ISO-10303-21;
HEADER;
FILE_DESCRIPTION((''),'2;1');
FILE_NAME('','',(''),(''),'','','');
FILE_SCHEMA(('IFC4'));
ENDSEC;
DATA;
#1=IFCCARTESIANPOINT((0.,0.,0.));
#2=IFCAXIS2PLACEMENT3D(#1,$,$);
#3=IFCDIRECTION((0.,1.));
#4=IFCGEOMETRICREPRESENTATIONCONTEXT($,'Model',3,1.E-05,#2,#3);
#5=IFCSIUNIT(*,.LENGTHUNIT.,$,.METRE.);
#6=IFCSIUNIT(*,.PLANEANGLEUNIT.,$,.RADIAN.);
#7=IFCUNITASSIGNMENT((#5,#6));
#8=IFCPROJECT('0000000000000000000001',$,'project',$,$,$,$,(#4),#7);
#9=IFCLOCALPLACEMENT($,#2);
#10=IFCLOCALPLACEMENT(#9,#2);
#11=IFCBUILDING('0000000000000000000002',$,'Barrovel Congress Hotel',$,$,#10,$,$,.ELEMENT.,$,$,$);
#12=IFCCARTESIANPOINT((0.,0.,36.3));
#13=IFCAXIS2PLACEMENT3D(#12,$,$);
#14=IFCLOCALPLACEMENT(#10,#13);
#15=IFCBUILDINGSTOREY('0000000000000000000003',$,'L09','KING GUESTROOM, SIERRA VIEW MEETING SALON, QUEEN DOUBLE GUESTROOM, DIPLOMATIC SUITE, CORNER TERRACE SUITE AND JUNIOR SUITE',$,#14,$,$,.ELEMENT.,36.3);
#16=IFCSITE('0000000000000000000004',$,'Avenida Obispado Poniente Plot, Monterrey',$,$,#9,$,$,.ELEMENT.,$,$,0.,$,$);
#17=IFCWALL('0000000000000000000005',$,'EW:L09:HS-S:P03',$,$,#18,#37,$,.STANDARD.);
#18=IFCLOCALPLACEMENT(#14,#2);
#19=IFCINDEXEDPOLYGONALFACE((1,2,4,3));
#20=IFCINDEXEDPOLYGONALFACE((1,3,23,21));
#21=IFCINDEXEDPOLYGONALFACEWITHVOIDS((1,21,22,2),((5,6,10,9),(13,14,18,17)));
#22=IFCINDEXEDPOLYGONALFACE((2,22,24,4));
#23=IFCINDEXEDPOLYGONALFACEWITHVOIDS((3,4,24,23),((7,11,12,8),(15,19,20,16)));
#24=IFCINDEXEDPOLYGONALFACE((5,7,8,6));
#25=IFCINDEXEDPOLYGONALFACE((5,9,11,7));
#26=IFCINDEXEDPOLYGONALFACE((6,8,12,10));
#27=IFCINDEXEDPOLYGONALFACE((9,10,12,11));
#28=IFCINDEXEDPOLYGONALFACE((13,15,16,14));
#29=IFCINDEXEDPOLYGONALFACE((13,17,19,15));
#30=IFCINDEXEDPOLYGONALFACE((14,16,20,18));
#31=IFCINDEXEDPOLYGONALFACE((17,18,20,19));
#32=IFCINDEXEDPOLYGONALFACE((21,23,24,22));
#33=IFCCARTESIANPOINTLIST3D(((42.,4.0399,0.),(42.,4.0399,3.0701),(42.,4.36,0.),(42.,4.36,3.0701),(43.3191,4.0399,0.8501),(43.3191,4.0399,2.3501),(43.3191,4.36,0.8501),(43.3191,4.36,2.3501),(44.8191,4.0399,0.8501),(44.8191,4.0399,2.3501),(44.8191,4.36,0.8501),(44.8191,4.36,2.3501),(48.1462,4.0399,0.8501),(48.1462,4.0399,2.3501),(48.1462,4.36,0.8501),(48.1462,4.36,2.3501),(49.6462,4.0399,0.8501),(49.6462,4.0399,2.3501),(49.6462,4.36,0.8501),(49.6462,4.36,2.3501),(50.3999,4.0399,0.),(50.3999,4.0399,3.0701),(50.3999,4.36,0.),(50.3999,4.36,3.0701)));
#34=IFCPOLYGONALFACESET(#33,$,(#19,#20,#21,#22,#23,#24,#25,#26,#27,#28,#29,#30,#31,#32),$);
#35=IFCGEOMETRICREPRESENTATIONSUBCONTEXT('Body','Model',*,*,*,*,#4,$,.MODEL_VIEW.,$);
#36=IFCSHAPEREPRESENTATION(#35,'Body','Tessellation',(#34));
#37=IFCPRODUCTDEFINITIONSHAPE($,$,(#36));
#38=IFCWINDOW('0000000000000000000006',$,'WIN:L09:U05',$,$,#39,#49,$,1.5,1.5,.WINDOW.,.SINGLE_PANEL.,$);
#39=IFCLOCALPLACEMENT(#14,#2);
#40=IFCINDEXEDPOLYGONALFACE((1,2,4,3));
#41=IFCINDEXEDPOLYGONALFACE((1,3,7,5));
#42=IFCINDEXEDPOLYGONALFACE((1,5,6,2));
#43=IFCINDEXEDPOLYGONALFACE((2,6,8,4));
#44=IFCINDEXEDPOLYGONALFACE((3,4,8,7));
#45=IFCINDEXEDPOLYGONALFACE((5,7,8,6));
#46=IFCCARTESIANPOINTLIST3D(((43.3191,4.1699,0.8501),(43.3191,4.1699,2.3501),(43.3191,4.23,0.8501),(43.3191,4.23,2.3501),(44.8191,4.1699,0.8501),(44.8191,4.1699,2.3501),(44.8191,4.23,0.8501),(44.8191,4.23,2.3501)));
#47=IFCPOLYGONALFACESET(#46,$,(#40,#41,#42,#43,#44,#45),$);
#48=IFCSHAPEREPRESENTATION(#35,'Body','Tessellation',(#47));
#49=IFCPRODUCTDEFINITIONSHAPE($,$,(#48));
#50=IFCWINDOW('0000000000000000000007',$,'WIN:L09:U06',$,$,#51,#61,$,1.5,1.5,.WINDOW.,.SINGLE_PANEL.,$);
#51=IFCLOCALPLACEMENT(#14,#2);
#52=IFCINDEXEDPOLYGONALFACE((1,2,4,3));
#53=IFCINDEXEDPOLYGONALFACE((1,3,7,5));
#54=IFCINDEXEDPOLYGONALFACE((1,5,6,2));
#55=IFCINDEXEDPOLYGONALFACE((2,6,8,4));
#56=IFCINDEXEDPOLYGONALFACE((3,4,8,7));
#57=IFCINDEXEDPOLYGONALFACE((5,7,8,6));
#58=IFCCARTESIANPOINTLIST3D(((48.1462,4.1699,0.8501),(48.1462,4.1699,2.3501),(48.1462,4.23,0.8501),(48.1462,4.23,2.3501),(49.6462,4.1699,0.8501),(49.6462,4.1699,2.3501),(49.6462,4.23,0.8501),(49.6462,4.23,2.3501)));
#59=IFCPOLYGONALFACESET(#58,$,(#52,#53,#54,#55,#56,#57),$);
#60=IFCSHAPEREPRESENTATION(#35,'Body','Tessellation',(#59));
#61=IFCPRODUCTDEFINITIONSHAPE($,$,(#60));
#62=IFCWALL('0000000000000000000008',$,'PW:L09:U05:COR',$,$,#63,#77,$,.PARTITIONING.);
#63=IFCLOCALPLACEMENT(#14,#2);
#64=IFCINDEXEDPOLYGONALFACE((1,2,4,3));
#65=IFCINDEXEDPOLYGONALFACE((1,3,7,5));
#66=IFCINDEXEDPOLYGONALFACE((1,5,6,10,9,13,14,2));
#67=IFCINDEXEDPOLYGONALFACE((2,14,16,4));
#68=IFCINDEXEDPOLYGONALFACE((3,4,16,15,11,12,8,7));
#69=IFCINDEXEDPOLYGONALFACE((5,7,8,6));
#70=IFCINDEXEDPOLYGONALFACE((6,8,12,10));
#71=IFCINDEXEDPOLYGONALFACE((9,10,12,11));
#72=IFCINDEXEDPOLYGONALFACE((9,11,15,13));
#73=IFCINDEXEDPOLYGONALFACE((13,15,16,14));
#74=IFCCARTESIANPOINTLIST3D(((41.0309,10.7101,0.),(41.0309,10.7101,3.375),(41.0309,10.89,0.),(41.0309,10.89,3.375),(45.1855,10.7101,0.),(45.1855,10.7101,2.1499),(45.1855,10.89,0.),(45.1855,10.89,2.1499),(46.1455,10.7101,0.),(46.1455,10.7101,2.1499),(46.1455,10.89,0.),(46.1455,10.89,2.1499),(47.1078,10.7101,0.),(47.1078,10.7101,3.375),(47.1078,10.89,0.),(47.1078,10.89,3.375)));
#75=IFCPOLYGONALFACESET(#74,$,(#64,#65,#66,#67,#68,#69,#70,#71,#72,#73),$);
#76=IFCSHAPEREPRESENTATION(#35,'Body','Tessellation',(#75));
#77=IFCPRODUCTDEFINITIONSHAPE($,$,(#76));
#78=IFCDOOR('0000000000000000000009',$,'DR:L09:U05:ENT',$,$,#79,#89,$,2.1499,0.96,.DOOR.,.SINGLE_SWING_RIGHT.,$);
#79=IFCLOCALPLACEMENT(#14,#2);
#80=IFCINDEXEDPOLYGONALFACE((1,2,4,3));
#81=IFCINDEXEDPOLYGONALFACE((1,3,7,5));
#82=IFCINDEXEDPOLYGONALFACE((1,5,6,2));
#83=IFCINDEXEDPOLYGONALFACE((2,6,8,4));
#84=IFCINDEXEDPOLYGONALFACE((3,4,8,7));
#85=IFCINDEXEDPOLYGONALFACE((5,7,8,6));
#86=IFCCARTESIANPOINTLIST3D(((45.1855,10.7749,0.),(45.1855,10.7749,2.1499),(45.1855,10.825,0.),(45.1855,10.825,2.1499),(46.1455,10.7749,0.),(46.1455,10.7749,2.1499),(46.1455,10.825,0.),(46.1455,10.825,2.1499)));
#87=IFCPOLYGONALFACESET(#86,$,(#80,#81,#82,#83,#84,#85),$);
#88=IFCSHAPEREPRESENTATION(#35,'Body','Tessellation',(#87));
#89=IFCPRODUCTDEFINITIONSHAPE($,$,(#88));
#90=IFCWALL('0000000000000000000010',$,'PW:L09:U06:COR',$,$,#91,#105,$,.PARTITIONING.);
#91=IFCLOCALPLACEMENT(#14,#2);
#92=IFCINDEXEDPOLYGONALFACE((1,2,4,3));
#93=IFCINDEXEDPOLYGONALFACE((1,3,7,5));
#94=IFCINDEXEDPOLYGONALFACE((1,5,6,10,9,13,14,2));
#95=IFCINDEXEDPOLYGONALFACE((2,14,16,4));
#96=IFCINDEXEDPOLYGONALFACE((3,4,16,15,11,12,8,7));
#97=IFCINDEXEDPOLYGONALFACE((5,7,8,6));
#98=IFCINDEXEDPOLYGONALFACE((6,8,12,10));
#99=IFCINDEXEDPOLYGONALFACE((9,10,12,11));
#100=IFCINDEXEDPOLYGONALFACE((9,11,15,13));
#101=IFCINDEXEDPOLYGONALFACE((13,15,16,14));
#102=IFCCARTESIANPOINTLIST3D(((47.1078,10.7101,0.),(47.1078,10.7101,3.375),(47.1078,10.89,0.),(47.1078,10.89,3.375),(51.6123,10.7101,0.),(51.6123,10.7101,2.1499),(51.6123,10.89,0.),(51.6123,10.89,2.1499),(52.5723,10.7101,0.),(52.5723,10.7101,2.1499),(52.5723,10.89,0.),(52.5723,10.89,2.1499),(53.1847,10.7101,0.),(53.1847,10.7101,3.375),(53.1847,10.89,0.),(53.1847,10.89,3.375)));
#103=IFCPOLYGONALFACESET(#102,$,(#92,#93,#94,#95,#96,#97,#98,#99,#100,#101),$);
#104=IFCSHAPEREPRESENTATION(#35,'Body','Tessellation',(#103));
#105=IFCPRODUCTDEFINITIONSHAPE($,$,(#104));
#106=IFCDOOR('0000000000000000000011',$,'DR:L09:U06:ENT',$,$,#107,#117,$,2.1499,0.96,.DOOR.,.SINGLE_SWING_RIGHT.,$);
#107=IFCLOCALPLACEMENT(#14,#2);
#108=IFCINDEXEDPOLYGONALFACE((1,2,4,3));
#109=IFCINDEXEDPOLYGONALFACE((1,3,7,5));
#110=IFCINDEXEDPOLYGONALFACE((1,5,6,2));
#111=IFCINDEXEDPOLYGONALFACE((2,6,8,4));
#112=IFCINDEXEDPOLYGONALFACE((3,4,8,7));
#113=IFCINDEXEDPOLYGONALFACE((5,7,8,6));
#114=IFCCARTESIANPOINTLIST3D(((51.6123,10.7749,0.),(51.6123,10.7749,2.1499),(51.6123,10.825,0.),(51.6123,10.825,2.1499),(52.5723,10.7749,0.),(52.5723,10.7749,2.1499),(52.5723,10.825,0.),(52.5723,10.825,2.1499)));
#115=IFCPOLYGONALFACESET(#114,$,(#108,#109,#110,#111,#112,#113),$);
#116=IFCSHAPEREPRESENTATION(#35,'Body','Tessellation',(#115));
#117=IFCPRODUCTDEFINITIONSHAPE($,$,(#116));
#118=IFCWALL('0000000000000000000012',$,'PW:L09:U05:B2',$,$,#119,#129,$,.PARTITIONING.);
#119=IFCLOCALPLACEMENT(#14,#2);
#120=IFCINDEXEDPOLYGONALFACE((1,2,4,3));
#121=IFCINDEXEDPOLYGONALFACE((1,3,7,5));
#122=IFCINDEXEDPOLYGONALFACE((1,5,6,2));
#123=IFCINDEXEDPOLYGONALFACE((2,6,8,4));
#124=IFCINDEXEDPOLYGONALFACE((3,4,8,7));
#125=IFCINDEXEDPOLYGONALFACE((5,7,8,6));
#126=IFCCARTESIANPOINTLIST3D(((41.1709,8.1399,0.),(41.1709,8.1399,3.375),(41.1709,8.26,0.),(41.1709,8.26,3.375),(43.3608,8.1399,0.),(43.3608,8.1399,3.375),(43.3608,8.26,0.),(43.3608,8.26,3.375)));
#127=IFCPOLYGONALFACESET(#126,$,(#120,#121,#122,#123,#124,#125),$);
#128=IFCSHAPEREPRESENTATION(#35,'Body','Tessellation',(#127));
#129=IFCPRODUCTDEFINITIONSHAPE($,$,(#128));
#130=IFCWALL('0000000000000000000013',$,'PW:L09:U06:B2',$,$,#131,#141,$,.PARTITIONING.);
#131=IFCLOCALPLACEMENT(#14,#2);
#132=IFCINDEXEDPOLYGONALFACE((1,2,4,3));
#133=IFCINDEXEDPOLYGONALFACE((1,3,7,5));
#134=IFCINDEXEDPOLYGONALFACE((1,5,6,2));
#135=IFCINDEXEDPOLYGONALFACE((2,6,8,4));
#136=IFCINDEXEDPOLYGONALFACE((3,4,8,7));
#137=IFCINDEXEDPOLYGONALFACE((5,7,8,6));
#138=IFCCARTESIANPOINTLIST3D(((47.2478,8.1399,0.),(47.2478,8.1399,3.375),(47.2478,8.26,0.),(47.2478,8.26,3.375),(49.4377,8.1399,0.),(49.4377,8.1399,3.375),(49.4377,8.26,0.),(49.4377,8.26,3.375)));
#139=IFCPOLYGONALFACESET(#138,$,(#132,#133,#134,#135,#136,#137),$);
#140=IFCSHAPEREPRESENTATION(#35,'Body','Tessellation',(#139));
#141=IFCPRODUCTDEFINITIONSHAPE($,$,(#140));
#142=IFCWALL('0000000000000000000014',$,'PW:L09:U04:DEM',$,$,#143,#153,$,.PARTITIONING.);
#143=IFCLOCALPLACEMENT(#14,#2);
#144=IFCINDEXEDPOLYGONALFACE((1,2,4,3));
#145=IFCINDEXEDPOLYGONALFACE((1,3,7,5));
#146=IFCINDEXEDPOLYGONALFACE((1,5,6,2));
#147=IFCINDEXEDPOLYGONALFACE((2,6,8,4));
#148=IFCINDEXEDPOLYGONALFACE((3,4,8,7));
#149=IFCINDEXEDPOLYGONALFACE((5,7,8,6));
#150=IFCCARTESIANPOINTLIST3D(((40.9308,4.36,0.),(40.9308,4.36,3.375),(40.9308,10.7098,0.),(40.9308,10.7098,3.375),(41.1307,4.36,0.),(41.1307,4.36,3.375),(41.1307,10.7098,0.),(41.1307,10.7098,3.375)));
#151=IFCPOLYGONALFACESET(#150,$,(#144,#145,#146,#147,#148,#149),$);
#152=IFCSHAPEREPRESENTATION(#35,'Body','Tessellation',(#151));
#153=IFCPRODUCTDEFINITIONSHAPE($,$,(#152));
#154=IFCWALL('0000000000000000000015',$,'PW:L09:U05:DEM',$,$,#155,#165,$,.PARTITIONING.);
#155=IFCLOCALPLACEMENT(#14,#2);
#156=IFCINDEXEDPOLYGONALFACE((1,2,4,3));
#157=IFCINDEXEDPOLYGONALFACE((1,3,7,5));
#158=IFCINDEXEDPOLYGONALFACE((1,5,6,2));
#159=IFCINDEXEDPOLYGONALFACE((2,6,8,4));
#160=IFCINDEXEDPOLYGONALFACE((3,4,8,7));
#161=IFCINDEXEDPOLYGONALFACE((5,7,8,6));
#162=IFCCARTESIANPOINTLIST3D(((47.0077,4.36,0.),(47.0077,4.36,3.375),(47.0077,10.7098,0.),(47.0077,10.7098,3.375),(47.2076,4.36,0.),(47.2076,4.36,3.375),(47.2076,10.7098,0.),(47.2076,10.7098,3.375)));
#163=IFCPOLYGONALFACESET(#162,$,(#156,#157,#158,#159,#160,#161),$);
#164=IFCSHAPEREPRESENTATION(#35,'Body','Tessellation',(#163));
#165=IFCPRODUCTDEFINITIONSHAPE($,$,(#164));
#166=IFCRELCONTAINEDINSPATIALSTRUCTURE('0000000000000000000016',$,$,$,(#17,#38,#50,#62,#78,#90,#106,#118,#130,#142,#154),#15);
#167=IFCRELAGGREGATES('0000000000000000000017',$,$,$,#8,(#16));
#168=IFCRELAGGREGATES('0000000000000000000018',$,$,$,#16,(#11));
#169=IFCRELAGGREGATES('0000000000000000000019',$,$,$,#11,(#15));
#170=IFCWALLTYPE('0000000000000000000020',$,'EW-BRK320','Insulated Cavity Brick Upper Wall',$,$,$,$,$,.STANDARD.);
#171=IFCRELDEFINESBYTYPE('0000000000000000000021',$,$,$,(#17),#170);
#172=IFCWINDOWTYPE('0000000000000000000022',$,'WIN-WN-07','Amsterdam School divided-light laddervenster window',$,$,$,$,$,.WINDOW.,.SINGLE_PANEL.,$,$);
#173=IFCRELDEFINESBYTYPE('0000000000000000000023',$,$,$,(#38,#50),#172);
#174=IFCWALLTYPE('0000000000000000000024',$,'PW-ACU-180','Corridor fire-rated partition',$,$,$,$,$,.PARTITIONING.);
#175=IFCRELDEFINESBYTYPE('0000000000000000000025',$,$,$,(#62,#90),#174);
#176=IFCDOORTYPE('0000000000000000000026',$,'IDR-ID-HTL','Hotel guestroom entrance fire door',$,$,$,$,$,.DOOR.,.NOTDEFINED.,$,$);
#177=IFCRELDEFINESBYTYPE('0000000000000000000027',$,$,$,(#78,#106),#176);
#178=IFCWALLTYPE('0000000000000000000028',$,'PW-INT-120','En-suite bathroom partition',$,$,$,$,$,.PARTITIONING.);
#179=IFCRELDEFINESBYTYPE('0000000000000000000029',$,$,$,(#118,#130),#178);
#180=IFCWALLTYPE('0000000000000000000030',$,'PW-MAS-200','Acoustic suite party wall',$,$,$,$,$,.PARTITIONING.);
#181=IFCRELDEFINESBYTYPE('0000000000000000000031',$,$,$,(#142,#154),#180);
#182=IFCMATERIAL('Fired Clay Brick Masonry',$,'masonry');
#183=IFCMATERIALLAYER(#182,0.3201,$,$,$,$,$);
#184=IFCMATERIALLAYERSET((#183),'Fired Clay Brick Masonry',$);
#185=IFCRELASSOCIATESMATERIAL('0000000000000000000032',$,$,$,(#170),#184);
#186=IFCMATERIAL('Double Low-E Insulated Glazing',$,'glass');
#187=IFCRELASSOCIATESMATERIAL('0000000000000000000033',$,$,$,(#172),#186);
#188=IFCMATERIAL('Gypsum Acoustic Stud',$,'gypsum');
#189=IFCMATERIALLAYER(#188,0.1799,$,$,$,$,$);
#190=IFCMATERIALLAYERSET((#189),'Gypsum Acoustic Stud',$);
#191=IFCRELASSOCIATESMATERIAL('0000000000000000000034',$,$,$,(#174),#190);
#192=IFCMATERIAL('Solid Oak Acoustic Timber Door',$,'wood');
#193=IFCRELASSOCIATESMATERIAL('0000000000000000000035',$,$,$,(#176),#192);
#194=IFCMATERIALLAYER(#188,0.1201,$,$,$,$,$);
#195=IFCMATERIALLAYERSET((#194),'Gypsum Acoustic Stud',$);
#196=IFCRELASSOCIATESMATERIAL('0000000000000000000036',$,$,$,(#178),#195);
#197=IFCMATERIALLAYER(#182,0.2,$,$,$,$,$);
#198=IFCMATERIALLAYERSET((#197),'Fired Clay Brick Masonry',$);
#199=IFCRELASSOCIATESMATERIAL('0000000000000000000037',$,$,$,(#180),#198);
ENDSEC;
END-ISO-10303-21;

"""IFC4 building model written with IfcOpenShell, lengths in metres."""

from ifc_helpers import new_model, si_unit, direction, frame, frame_2d, origin, place, context, subcontext, project, spatial, rectangle, extrude, material, layer, layer_set, type_object, element, fill, save


model = new_model("IFC4")

# Units and contexts
model_context = context("Model", 3, precision=1e-05, world=origin(), true_north=direction((0.0, 1.0)))
body_context = subcontext(model_context, "Body", "Model", "MODEL_VIEW")
ifc_project = project(units=[si_unit("LENGTHUNIT", "METRE"), si_unit("PLANEANGLEUNIT", "RADIAN")], contexts=[model_context])

# Site, building, storey
site_placement = place(None, origin())
site = spatial("IfcSite", under=ifc_project, at=site_placement, Name="Avenida Obispado Poniente Plot, Monterrey", CompositionType="ELEMENT", RefElevation=0.0)
building_placement = place(site_placement, origin())
building = spatial("IfcBuilding", under=site, at=building_placement, Name="Barrovel Congress Hotel", CompositionType="ELEMENT")
storey_placement = place(building_placement, frame((0.0, 0.0, 36.3)))
storey = spatial("IfcBuildingStorey", under=building, at=storey_placement, Name="L09", Description="KING GUESTROOM, SIERRA VIEW MEETING SALON, QUEEN DOUBLE GUESTROOM, DIPLOMATIC SUITE, CORNER TERRACE SUITE AND JUNIOR SUITE", CompositionType="ELEMENT", Elevation=36.3)

# Wall, openings, windows
ifc_material_1 = material(Name="Fired Clay Brick Masonry", Category="masonry")
ifc_layer_1 = layer(ifc_material_1, 0.3201)
ifc_layer_set_1 = layer_set([ifc_layer_1], Name="Fired Clay Brick Masonry")
wall_type_1 = type_object("IfcWallType", Name="EW-BRK320", Description="Insulated Cavity Brick Upper Wall", PredefinedType="STANDARD", material=ifc_layer_set_1)
wall_1_placement = place(storey_placement, frame((42.0, 4.2, 0.0), z_axis=(0.0, 0.0, 1.0), x_axis=(1.0, 0.0, 0.0)))
wall_1 = element("IfcWall", 1, at=wall_1_placement, inside=storey, type_object=wall_type_1, Name="EW:L09:HS-S:P03", PredefinedType="STANDARD", context=body_context, shape_type="SweptSolid", body=[
    extrude(rectangle(XDim=8.3999, YDim=0.3201, at=frame_2d((4.2, 0.0))), origin(), (0.0, 0.0, 1.0), 3.0701),
])
opening_1_placement = place(wall_1_placement, frame((1.3191, 0.0, 0.8501)))
opening_1 = element("IfcOpeningElement", 2, at=opening_1_placement, cuts=wall_1, PredefinedType="OPENING", context=body_context, shape_type="SweptSolid", body=[
    extrude(rectangle(XDim=1.5, YDim=1.5, at=frame_2d((0.75, 0.75))), frame((0.0, 0.1699, 0.0), z_axis=(0.0, -1.0, 0.0), x_axis=(1.0, 0.0, 0.0)), (0.0, 0.0, 1.0), 0.3401),
])
opening_2_placement = place(wall_1_placement, frame((6.1462, 0.0, 0.8501)))
opening_2 = element("IfcOpeningElement", 3, at=opening_2_placement, cuts=wall_1, PredefinedType="OPENING", context=body_context, shape_type="SweptSolid", body=[
    extrude(rectangle(XDim=1.5, YDim=1.5, at=frame_2d((0.75, 0.75))), frame((0.0, 0.1699, 0.0), z_axis=(0.0, -1.0, 0.0), x_axis=(1.0, 0.0, 0.0)), (0.0, 0.0, 1.0), 0.3401),
])
ifc_material_2 = material(Name="Double Low-E Insulated Glazing", Category="glass")
window_type = type_object("IfcWindowType", Name="WIN-WN-07", Description="Amsterdam School divided-light laddervenster window", PartitioningType="SINGLE_PANEL", PredefinedType="WINDOW", material=ifc_material_2)
window_1_placement = place(opening_1_placement, origin())
window_1 = element("IfcWindow", 4, at=window_1_placement, inside=storey, type_object=window_type, Name="WIN:L09:U05", OverallHeight=1.5, OverallWidth=1.5, PartitioningType="SINGLE_PANEL", PredefinedType="WINDOW", context=body_context, shape_type="SweptSolid", body=[
    extrude(rectangle(XDim=1.5, YDim=1.5, at=frame_2d((0.75, 0.75))), frame((0.0, 0.03, 0.0), z_axis=(0.0, -1.0, 0.0), x_axis=(1.0, 0.0, 0.0)), (0.0, 0.0, 1.0), 0.0601),
])
fill(opening_1, window_1)
window_2_placement = place(opening_2_placement, origin())
window_2 = element("IfcWindow", 5, at=window_2_placement, inside=storey, type_object=window_type, Name="WIN:L09:U06", OverallHeight=1.5, OverallWidth=1.5, PartitioningType="SINGLE_PANEL", PredefinedType="WINDOW", context=body_context, shape_type="SweptSolid", body=[
    extrude(rectangle(XDim=1.5, YDim=1.5, at=frame_2d((0.75, 0.75))), frame((0.0, 0.03, 0.0), z_axis=(0.0, -1.0, 0.0), x_axis=(1.0, 0.0, 0.0)), (0.0, 0.0, 1.0), 0.0601),
])
fill(opening_2, window_2)

# Walls, openings, doors
ifc_material_3 = material(Name="Gypsum Acoustic Stud", Category="gypsum")
ifc_layer_2 = layer(ifc_material_3, 0.1799)
ifc_layer_set_2 = layer_set([ifc_layer_2], Name="Gypsum Acoustic Stud")
wall_type_2 = type_object("IfcWallType", Name="PW-ACU-180", Description="Corridor fire-rated partition", PredefinedType="PARTITIONING", material=ifc_layer_set_2)
wall_2_placement = place(storey_placement, frame((41.0308, 10.8, 0.0), z_axis=(0.0, 0.0, 1.0), x_axis=(1.0, 0.0, 0.0)))
wall_2 = element("IfcWall", 6, at=wall_2_placement, inside=storey, type_object=wall_type_2, Name="PW:L09:U05:COR", PredefinedType="PARTITIONING", context=body_context, shape_type="SweptSolid", body=[
    extrude(rectangle(XDim=6.0769, YDim=0.1799, at=frame_2d((3.0386, 0.0))), origin(), (0.0, 0.0, 1.0), 3.375),
])
opening_3_placement = place(wall_2_placement, frame((4.1548, 0.0, 0.0)))
opening_3 = element("IfcOpeningElement", 7, at=opening_3_placement, cuts=wall_2, PredefinedType="OPENING", context=body_context, shape_type="SweptSolid", body=[
    extrude(rectangle(XDim=0.96, YDim=2.1499, at=frame_2d((0.48, 1.075))), frame((0.0, 0.1001, 0.0), z_axis=(0.0, -1.0, 0.0), x_axis=(1.0, 0.0, 0.0)), (0.0, 0.0, 1.0), 0.2),
])
ifc_material_4 = material(Name="Solid Oak Acoustic Timber Door", Category="wood")
door_type_1 = type_object("IfcDoorType", Name="IDR-ID-HTL", Description="Hotel guestroom entrance fire door", OperationType="NOTDEFINED", PredefinedType="DOOR", material=ifc_material_4)
door_1_placement = place(opening_3_placement, origin())
door_1 = element("IfcDoor", 8, at=door_1_placement, inside=storey, type_object=door_type_1, Name="DR:L09:U05:ENT", OperationType="SINGLE_SWING_RIGHT", OverallHeight=2.1499, OverallWidth=0.96, PredefinedType="DOOR", context=body_context, shape_type="SweptSolid", body=[
    extrude(rectangle(XDim=0.96, YDim=2.1499, at=frame_2d((0.48, 1.075))), frame((0.0, 0.0249, 0.0), z_axis=(0.0, -1.0, 0.0), x_axis=(1.0, 0.0, 0.0)), (0.0, 0.0, 1.0), 0.05),
])
fill(opening_3, door_1)
wall_3_placement = place(storey_placement, frame((47.1077, 10.8, 0.0), z_axis=(0.0, 0.0, 1.0), x_axis=(1.0, 0.0, 0.0)))
wall_3 = element("IfcWall", 9, at=wall_3_placement, inside=storey, type_object=wall_type_2, Name="PW:L09:U06:COR", PredefinedType="PARTITIONING", context=body_context, shape_type="SweptSolid", body=[
    extrude(rectangle(XDim=6.0769, YDim=0.1799, at=frame_2d((3.0386, 0.0))), origin(), (0.0, 0.0, 1.0), 3.375),
])
opening_4_placement = place(wall_3_placement, frame((4.5046, 0.0, 0.0)))
opening_4 = element("IfcOpeningElement", 10, at=opening_4_placement, cuts=wall_3, PredefinedType="OPENING", context=body_context, shape_type="SweptSolid", body=[
    extrude(rectangle(XDim=0.96, YDim=2.1499, at=frame_2d((0.48, 1.075))), frame((0.0, 0.1001, 0.0), z_axis=(0.0, -1.0, 0.0), x_axis=(1.0, 0.0, 0.0)), (0.0, 0.0, 1.0), 0.2),
])
door_2_placement = place(opening_4_placement, origin())
door_2 = element("IfcDoor", 11, at=door_2_placement, inside=storey, type_object=door_type_1, Name="DR:L09:U06:ENT", OperationType="SINGLE_SWING_RIGHT", OverallHeight=2.1499, OverallWidth=0.96, PredefinedType="DOOR", context=body_context, shape_type="SweptSolid", body=[
    extrude(rectangle(XDim=0.96, YDim=2.1499, at=frame_2d((0.48, 1.075))), frame((0.0, 0.0249, 0.0), z_axis=(0.0, -1.0, 0.0), x_axis=(1.0, 0.0, 0.0)), (0.0, 0.0, 1.0), 0.05),
])
fill(opening_4, door_2)

# Walls
ifc_layer_3 = layer(ifc_material_3, 0.1201)
ifc_layer_set_3 = layer_set([ifc_layer_3], Name="Gypsum Acoustic Stud")
wall_type_3 = type_object("IfcWallType", Name="PW-INT-120", Description="En-suite bathroom partition", PredefinedType="PARTITIONING", material=ifc_layer_set_3)
for number, where, z_axis, x_axis, name in (
    (12, (41.1709, 8.2, 0.0), (0.0, 0.0, 1.0), (1.0, 0.0, 0.0), "PW:L09:U05:B2"),
    (13, (47.2478, 8.2, 0.0), (0.0, 0.0, 1.0), (1.0, 0.0, 0.0), "PW:L09:U06:B2"),
):
    element("IfcWall", number, at=place(storey_placement, frame(where, z_axis=z_axis, x_axis=x_axis)), inside=storey, type_object=wall_type_3, Name=name, PredefinedType="PARTITIONING", context=body_context, shape_type="SweptSolid", body=[
        extrude(rectangle(XDim=2.1899, YDim=0.1201, at=frame_2d((1.095, 0.0))), origin(), (0.0, 0.0, 1.0), 3.375),
    ])
ifc_layer_4 = layer(ifc_material_1, 0.2)
ifc_layer_set_4 = layer_set([ifc_layer_4], Name="Fired Clay Brick Masonry")
wall_type_4 = type_object("IfcWallType", Name="PW-MAS-200", Description="Acoustic suite party wall", PredefinedType="PARTITIONING", material=ifc_layer_set_4)
for number, where, z_axis, x_axis, name in (
    (14, (41.0308, 4.3601, 0.0), (0.0, 0.0, 1.0), (0.0, 1.0, 0.0), "PW:L09:U04:DEM"),
    (15, (47.1077, 4.3601, 0.0), (0.0, 0.0, 1.0), (0.0, 1.0, 0.0), "PW:L09:U05:DEM"),
):
    element("IfcWall", number, at=place(storey_placement, frame(where, z_axis=z_axis, x_axis=x_axis)), inside=storey, type_object=wall_type_4, Name=name, PredefinedType="PARTITIONING", context=body_context, shape_type="SweptSolid", body=[
        extrude(rectangle(XDim=6.3499, YDim=0.2, at=frame_2d((3.1748, 0.0))), origin(), (0.0, 0.0, 1.0), 3.375),
    ])

save(model, "model.ifc")
